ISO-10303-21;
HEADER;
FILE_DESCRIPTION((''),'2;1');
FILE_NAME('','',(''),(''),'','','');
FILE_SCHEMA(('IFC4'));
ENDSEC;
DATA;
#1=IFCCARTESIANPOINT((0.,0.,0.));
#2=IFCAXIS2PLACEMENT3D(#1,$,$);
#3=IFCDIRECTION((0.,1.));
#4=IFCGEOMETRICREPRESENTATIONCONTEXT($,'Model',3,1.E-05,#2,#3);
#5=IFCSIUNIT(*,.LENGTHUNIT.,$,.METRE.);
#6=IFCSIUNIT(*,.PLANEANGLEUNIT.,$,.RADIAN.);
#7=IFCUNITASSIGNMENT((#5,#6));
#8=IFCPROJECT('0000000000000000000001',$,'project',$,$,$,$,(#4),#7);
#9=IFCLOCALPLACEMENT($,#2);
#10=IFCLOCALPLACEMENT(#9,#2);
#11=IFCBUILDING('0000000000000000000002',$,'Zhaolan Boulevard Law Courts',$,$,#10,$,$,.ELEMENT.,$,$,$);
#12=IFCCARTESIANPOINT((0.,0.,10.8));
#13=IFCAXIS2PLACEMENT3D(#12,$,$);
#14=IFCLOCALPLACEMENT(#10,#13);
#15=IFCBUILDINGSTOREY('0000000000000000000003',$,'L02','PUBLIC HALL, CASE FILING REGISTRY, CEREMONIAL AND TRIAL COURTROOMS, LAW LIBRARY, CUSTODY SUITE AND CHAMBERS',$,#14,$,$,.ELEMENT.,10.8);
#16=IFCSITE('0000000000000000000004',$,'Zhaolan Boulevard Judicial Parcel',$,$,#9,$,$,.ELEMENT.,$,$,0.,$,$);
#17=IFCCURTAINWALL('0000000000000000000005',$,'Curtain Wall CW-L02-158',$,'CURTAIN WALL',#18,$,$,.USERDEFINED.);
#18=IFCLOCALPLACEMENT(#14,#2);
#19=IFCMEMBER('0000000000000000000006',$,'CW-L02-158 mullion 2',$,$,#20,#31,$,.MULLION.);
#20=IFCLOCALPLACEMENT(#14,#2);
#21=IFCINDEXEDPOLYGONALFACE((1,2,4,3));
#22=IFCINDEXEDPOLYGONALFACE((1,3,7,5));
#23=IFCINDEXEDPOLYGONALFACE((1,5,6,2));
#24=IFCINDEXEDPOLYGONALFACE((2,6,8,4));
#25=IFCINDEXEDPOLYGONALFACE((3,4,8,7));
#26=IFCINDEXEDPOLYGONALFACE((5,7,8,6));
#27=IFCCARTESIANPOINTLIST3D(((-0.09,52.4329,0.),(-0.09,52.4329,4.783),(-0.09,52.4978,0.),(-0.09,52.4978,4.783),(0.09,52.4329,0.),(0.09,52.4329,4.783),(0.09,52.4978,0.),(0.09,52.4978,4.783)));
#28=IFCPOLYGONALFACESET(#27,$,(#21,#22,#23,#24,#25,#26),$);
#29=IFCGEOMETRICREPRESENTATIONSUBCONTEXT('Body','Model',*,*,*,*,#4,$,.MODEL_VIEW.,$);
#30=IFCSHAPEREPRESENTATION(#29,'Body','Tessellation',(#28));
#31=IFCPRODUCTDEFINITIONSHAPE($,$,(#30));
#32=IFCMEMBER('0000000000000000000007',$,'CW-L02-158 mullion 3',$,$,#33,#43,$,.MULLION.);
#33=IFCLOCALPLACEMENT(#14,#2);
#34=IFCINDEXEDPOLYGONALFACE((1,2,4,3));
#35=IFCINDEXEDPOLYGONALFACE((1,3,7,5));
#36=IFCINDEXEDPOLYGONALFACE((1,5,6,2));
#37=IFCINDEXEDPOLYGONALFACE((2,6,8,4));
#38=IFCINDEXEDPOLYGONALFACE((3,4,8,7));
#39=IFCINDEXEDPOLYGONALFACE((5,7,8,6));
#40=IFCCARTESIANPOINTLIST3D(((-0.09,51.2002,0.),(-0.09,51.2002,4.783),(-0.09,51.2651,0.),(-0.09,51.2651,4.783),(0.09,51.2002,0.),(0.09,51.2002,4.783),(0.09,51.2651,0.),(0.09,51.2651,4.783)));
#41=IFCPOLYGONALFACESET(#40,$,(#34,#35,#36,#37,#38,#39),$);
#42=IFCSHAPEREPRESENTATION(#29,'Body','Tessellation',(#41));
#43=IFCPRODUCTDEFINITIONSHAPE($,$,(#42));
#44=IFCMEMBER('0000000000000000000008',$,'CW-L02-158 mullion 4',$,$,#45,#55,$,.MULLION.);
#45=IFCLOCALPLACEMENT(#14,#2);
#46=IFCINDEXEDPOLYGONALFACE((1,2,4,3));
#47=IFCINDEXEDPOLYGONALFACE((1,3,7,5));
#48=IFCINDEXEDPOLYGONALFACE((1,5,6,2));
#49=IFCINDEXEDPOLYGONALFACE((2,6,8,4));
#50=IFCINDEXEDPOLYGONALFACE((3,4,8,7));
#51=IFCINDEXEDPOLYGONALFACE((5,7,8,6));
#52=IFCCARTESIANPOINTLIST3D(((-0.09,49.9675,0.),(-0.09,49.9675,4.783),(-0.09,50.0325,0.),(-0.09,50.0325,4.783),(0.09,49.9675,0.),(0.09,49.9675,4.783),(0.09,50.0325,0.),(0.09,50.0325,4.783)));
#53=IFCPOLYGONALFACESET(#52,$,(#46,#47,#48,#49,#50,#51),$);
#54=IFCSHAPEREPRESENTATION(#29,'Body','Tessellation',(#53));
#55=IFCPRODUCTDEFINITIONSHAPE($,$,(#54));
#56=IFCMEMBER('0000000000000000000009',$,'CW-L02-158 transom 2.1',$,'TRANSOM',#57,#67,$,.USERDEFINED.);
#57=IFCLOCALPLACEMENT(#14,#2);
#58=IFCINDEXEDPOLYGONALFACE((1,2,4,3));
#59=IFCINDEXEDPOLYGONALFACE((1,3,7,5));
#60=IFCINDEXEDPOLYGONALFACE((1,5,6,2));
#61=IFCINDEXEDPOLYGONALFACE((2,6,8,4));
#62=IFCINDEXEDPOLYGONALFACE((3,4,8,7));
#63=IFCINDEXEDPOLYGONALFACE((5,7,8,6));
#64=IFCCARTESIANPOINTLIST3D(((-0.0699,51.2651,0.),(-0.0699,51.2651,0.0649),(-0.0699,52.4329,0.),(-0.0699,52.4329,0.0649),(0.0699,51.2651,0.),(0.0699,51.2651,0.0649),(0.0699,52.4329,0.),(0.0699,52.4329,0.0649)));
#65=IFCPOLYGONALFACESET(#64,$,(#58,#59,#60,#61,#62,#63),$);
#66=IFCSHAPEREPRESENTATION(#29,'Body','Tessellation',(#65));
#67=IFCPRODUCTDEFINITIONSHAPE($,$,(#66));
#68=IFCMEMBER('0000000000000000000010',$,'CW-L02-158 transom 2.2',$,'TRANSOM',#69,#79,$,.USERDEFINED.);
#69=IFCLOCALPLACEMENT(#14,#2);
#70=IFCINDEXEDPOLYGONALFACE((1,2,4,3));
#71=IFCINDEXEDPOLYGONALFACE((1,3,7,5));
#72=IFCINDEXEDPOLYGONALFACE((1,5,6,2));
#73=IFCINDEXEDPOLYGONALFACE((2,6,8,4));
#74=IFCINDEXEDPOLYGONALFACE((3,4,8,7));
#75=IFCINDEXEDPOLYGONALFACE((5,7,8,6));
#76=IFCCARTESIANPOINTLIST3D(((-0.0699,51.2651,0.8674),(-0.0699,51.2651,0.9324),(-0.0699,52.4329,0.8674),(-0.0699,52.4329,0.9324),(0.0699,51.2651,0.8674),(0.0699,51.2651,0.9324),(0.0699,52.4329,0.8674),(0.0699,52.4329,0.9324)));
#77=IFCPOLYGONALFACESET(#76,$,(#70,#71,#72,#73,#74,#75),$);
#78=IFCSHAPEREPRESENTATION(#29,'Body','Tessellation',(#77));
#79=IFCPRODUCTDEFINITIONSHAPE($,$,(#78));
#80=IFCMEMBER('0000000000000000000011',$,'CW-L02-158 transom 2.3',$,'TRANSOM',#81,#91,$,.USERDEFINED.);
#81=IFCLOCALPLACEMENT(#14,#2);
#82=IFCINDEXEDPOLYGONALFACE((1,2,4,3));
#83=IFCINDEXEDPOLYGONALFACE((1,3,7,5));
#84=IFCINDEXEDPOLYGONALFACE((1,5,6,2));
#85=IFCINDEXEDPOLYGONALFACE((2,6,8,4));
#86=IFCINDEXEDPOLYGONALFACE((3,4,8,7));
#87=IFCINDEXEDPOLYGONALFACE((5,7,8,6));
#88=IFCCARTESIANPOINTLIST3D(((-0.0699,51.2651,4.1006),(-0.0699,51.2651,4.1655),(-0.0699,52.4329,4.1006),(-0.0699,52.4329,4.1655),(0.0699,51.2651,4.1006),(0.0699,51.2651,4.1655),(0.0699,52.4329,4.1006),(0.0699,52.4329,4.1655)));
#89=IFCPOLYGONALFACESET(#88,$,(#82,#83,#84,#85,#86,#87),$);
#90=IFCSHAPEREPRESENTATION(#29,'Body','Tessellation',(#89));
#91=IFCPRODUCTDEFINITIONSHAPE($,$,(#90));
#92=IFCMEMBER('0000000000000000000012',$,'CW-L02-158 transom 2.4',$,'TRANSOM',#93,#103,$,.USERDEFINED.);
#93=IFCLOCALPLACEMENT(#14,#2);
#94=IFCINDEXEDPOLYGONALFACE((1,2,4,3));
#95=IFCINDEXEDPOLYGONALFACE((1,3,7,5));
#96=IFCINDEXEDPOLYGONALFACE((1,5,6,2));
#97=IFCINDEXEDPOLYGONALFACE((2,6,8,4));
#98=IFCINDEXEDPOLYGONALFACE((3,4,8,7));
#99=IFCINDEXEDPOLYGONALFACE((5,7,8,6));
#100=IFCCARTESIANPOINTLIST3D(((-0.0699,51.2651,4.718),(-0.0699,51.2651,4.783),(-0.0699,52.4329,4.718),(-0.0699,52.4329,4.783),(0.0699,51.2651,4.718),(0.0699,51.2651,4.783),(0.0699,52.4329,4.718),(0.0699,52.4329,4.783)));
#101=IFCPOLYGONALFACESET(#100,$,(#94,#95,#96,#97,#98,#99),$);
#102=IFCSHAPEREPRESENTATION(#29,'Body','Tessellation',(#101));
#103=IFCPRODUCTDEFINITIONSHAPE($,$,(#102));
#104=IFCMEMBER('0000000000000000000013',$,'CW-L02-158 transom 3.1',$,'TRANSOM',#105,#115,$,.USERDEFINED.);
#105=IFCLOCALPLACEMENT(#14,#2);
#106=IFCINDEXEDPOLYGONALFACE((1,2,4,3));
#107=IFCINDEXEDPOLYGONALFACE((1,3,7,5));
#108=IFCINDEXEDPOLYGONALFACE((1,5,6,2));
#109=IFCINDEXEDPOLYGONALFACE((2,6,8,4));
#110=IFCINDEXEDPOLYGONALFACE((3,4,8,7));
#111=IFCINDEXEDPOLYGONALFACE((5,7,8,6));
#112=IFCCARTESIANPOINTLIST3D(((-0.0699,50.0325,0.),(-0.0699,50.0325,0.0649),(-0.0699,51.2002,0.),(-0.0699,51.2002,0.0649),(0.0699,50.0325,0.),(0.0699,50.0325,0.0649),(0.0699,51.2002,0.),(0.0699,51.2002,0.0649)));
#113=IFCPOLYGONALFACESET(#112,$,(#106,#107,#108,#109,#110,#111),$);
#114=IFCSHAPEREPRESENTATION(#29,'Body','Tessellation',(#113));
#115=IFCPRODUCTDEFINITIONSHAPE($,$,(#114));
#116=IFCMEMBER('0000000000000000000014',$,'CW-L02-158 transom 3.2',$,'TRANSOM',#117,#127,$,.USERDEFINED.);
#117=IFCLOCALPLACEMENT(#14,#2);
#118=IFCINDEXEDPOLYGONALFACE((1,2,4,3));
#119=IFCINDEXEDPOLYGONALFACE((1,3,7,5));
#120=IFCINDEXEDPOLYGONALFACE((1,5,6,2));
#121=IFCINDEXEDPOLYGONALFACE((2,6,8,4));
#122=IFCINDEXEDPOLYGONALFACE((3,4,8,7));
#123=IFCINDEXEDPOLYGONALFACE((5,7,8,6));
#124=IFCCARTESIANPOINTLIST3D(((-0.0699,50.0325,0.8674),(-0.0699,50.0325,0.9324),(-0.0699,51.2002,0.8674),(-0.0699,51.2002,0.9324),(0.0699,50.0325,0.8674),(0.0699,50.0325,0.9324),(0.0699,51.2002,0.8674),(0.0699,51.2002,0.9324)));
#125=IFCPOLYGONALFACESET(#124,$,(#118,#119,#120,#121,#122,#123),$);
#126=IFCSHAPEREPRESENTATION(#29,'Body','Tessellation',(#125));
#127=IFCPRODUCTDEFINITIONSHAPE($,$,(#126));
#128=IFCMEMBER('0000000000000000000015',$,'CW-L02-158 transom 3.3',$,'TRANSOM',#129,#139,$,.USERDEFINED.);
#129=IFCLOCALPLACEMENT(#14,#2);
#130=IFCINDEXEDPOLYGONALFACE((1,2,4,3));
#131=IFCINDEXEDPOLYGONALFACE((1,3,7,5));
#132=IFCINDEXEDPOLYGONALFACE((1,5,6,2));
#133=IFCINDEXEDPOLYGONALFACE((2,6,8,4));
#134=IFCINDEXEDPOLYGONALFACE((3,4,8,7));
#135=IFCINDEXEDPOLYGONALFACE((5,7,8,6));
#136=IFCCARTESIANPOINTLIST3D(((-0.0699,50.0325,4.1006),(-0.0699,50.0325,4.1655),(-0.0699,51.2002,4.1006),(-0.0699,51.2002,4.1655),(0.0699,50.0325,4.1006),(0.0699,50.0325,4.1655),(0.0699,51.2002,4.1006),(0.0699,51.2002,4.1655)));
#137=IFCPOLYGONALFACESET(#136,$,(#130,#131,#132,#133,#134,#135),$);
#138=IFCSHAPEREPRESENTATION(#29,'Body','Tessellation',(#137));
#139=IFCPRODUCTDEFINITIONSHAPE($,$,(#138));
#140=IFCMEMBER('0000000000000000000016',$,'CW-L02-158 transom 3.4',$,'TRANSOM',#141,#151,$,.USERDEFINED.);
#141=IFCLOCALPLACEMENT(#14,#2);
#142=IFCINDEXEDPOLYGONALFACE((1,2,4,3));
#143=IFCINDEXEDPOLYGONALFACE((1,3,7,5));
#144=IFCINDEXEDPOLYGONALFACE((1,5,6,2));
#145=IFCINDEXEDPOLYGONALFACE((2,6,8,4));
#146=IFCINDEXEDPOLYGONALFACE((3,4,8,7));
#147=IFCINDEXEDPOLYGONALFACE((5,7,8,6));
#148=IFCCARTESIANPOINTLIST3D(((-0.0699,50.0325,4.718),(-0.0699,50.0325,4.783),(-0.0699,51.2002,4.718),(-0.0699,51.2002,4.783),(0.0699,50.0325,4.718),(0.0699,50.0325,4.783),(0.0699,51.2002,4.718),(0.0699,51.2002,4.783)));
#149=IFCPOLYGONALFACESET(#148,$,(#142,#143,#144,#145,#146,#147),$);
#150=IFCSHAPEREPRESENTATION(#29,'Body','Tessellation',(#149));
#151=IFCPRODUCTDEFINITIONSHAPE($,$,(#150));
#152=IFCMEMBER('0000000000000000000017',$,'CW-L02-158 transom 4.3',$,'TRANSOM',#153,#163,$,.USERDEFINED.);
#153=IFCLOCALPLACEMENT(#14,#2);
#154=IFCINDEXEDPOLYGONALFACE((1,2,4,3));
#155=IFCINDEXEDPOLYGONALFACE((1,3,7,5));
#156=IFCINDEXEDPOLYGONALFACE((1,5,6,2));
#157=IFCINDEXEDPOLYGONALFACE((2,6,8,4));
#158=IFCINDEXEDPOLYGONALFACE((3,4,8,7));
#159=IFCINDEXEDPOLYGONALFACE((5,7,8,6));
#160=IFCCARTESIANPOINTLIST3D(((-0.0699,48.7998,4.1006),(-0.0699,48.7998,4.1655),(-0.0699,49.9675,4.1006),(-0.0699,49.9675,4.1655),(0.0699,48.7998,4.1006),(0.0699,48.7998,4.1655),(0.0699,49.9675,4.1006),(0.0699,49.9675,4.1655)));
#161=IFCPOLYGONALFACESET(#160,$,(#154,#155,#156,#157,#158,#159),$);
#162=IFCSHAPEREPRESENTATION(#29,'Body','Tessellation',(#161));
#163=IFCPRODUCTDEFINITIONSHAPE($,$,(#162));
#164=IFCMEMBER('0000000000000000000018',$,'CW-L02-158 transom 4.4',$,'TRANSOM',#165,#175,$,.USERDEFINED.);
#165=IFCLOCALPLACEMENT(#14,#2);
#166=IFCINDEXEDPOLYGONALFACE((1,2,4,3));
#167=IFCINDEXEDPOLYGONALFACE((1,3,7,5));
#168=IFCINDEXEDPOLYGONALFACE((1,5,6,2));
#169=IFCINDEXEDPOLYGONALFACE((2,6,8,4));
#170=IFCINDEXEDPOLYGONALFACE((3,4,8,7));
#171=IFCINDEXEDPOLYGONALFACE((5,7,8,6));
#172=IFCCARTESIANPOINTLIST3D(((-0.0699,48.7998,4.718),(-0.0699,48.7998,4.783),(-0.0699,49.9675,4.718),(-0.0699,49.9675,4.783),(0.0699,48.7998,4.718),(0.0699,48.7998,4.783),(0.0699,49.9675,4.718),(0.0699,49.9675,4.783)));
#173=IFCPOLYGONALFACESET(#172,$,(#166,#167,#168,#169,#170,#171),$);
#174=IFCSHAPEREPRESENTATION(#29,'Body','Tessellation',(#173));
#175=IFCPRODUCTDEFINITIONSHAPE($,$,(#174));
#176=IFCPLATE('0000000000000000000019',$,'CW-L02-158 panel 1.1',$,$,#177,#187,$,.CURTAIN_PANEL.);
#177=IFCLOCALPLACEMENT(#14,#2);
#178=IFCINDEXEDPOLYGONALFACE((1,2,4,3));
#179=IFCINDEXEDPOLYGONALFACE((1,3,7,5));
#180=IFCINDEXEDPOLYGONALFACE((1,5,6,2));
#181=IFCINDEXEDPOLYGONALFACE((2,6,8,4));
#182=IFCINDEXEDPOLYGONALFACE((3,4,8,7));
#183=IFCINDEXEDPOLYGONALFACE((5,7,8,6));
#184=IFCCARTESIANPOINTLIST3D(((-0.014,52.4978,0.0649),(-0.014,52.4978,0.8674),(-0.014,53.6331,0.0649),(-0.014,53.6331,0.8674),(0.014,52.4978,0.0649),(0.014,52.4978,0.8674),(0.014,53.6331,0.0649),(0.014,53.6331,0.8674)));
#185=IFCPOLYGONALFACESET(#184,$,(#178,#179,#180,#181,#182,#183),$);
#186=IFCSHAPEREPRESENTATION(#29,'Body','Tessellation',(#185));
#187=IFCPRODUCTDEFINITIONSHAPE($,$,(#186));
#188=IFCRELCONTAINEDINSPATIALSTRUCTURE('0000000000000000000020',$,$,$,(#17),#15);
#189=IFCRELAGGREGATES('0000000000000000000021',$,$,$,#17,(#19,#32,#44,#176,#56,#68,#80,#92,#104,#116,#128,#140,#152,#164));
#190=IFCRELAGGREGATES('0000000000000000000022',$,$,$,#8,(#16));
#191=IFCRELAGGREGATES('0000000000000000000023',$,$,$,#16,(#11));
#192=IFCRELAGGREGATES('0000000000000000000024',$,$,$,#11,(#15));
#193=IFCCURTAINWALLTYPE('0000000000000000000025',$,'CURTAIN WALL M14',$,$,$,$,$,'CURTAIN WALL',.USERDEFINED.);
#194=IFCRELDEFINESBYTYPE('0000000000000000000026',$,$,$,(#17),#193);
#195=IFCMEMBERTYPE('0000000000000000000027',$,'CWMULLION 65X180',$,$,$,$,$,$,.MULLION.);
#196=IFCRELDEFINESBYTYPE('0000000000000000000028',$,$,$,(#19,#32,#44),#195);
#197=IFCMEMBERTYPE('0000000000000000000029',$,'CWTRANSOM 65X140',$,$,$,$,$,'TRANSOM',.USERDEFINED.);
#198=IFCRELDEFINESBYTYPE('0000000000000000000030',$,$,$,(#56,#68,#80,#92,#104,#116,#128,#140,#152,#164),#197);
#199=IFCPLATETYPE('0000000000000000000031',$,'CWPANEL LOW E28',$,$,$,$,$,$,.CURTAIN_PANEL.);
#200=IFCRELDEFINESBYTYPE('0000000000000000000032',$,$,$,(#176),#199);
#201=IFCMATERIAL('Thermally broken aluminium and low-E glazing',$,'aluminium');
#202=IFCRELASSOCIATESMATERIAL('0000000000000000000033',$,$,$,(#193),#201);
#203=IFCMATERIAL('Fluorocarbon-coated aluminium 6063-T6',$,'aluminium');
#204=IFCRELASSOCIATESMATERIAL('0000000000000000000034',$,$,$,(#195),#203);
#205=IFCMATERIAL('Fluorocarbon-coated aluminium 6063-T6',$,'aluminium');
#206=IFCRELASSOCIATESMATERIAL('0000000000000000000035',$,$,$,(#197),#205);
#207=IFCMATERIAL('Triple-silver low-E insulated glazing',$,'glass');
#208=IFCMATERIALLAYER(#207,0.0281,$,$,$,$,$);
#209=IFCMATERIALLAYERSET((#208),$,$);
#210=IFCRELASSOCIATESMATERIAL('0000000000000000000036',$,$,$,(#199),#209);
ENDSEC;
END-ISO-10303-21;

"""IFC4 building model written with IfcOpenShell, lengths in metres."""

from ifc_helpers import new_model, si_unit, direction, frame, origin, origin_2d, place, context, subcontext, project, spatial, rectangle, extrude, material, layer, layer_set, material_profile, profile_set, type_object, element, aggregate, save


model = new_model("IFC4")

# Units and contexts
model_context = context("Model", 3, precision=1e-05, world=origin(), true_north=direction((0.0, 1.0)))
body_context = subcontext(model_context, "Body", "Model", "MODEL_VIEW")
ifc_project = project(units=[si_unit("LENGTHUNIT", "METRE"), si_unit("PLANEANGLEUNIT", "RADIAN")], contexts=[model_context])

# Site, building, storey
site_placement = place(None, origin())
site = spatial("IfcSite", under=ifc_project, at=site_placement, Name="Zhaolan Boulevard Judicial Parcel", CompositionType="ELEMENT", RefElevation=0.0)
building_placement = place(site_placement, origin())
building = spatial("IfcBuilding", under=site, at=building_placement, Name="Zhaolan Boulevard Law Courts", CompositionType="ELEMENT")
storey_placement = place(building_placement, frame((0.0, 0.0, 10.8)))
storey = spatial("IfcBuildingStorey", under=building, at=storey_placement, Name="L02", Description="PUBLIC HALL, CASE FILING REGISTRY, CEREMONIAL AND TRIAL COURTROOMS, LAW LIBRARY, CUSTODY SUITE AND CHAMBERS", CompositionType="ELEMENT", Elevation=10.8)

# Curtain wall, members, plate
ifc_material_1 = material(Name="Thermally broken aluminium and low-E glazing", Category="aluminium")
curtain_wall_type = type_object("IfcCurtainWallType", Name="CURTAIN WALL M14", ElementType="CURTAIN WALL", PredefinedType="USERDEFINED", material=ifc_material_1)
curtain_wall_placement = place(storey_placement, origin())
curtain_wall = element("IfcCurtainWall", 1, at=curtain_wall_placement, inside=storey, type_object=curtain_wall_type, Name="Curtain Wall CW-L02-158", ObjectType="CURTAIN WALL", PredefinedType="USERDEFINED")
ifc_material_2 = material(Name="Fluorocarbon-coated aluminium 6063-T6", Category="aluminium")
ifc_material_profile_1 = material_profile(ifc_material_2, rectangle(XDim=0.1799, YDim=0.0649, at=origin_2d()), Name="AL65x180")
ifc_profile_set_1 = profile_set([ifc_material_profile_1], Name="Fluorocarbon-coated aluminium 6063-T6")
member_type_1 = type_object("IfcMemberType", Name="CWMULLION 65X180", PredefinedType="MULLION", material=ifc_profile_set_1)
member_1_placement = place(storey_placement, frame((0.0, 52.4653, 0.0), z_axis=(0.0, 0.0, 1.0), x_axis=(1.0, 0.0, 0.0)))
member_1 = element("IfcMember", 2, at=member_1_placement, type_object=member_type_1, Name="CW-L02-158 mullion 2", PredefinedType="MULLION", context=body_context, shape_type="SweptSolid", body=[
    extrude(rectangle(XDim=0.1799, YDim=0.0649, at=origin_2d()), origin(), (0.0, 0.0, 1.0), 4.783),
])
member_2_placement = place(storey_placement, frame((0.0, 51.2327, 0.0), z_axis=(0.0, 0.0, 1.0), x_axis=(1.0, 0.0, 0.0)))
member_2 = element("IfcMember", 3, at=member_2_placement, type_object=member_type_1, Name="CW-L02-158 mullion 3", PredefinedType="MULLION", context=body_context, shape_type="SweptSolid", body=[
    extrude(rectangle(XDim=0.1799, YDim=0.0649, at=origin_2d()), origin(), (0.0, 0.0, 1.0), 4.783),
])
member_3_placement = place(storey_placement, frame((0.0, 50.0, 0.0), z_axis=(0.0, 0.0, 1.0), x_axis=(1.0, 0.0, 0.0)))
member_3 = element("IfcMember", 4, at=member_3_placement, type_object=member_type_1, Name="CW-L02-158 mullion 4", PredefinedType="MULLION", context=body_context, shape_type="SweptSolid", body=[
    extrude(rectangle(XDim=0.1799, YDim=0.0649, at=origin_2d()), origin(), (0.0, 0.0, 1.0), 4.783),
])
ifc_material_3 = material(Name="Fluorocarbon-coated aluminium 6063-T6", Category="aluminium")
ifc_material_profile_2 = material_profile(ifc_material_3, rectangle(XDim=0.1399, YDim=0.0649, at=origin_2d()), Name="AL65x140")
ifc_profile_set_2 = profile_set([ifc_material_profile_2], Name="Fluorocarbon-coated aluminium 6063-T6")
member_type_2 = type_object("IfcMemberType", Name="CWTRANSOM 65X140", ElementType="TRANSOM", PredefinedType="USERDEFINED", material=ifc_profile_set_2)
member_4_placement = place(storey_placement, frame((0.0, 52.4329, 0.0325), z_axis=(0.0, -1.0, 0.0), x_axis=(1.0, 0.0, 0.0)))
member_4 = element("IfcMember", 5, at=member_4_placement, type_object=member_type_2, Name="CW-L02-158 transom 2.1", ObjectType="TRANSOM", PredefinedType="USERDEFINED", context=body_context, shape_type="SweptSolid", body=[
    extrude(rectangle(XDim=0.1399, YDim=0.0649, at=origin_2d()), origin(), (0.0, 0.0, 1.0), 1.1677),
])
member_5_placement = place(storey_placement, frame((0.0, 52.4329, 0.8999), z_axis=(0.0, -1.0, 0.0), x_axis=(1.0, 0.0, 0.0)))
member_5 = element("IfcMember", 6, at=member_5_placement, type_object=member_type_2, Name="CW-L02-158 transom 2.2", ObjectType="TRANSOM", PredefinedType="USERDEFINED", context=body_context, shape_type="SweptSolid", body=[
    extrude(rectangle(XDim=0.1399, YDim=0.0649, at=origin_2d()), origin(), (0.0, 0.0, 1.0), 1.1677),
])
member_6_placement = place(storey_placement, frame((0.0, 52.4329, 4.1331), z_axis=(0.0, -1.0, 0.0), x_axis=(1.0, 0.0, 0.0)))
member_6 = element("IfcMember", 7, at=member_6_placement, type_object=member_type_2, Name="CW-L02-158 transom 2.3", ObjectType="TRANSOM", PredefinedType="USERDEFINED", context=body_context, shape_type="SweptSolid", body=[
    extrude(rectangle(XDim=0.1399, YDim=0.0649, at=origin_2d()), origin(), (0.0, 0.0, 1.0), 1.1677),
])
member_7_placement = place(storey_placement, frame((0.0, 52.4329, 4.7505), z_axis=(0.0, -1.0, 0.0), x_axis=(1.0, 0.0, 0.0)))
member_7 = element("IfcMember", 8, at=member_7_placement, type_object=member_type_2, Name="CW-L02-158 transom 2.4", ObjectType="TRANSOM", PredefinedType="USERDEFINED", context=body_context, shape_type="SweptSolid", body=[
    extrude(rectangle(XDim=0.1399, YDim=0.0649, at=origin_2d()), origin(), (0.0, 0.0, 1.0), 1.1677),
])
member_8_placement = place(storey_placement, frame((0.0, 51.2002, 0.0325), z_axis=(0.0, -1.0, 0.0), x_axis=(1.0, 0.0, 0.0)))
member_8 = element("IfcMember", 9, at=member_8_placement, type_object=member_type_2, Name="CW-L02-158 transom 3.1", ObjectType="TRANSOM", PredefinedType="USERDEFINED", context=body_context, shape_type="SweptSolid", body=[
    extrude(rectangle(XDim=0.1399, YDim=0.0649, at=origin_2d()), origin(), (0.0, 0.0, 1.0), 1.1677),
])
member_9_placement = place(storey_placement, frame((0.0, 51.2002, 0.8999), z_axis=(0.0, -1.0, 0.0), x_axis=(1.0, 0.0, 0.0)))
member_9 = element("IfcMember", 10, at=member_9_placement, type_object=member_type_2, Name="CW-L02-158 transom 3.2", ObjectType="TRANSOM", PredefinedType="USERDEFINED", context=body_context, shape_type="SweptSolid", body=[
    extrude(rectangle(XDim=0.1399, YDim=0.0649, at=origin_2d()), origin(), (0.0, 0.0, 1.0), 1.1677),
])
member_10_placement = place(storey_placement, frame((0.0, 51.2002, 4.1331), z_axis=(0.0, -1.0, 0.0), x_axis=(1.0, 0.0, 0.0)))
member_10 = element("IfcMember", 11, at=member_10_placement, type_object=member_type_2, Name="CW-L02-158 transom 3.3", ObjectType="TRANSOM", PredefinedType="USERDEFINED", context=body_context, shape_type="SweptSolid", body=[
    extrude(rectangle(XDim=0.1399, YDim=0.0649, at=origin_2d()), origin(), (0.0, 0.0, 1.0), 1.1677),
])
member_11_placement = place(storey_placement, frame((0.0, 51.2002, 4.7505), z_axis=(0.0, -1.0, 0.0), x_axis=(1.0, 0.0, 0.0)))
member_11 = element("IfcMember", 12, at=member_11_placement, type_object=member_type_2, Name="CW-L02-158 transom 3.4", ObjectType="TRANSOM", PredefinedType="USERDEFINED", context=body_context, shape_type="SweptSolid", body=[
    extrude(rectangle(XDim=0.1399, YDim=0.0649, at=origin_2d()), origin(), (0.0, 0.0, 1.0), 1.1677),
])
member_12_placement = place(storey_placement, frame((0.0, 49.9675, 4.1331), z_axis=(0.0, -1.0, 0.0), x_axis=(1.0, 0.0, 0.0)))
member_12 = element("IfcMember", 13, at=member_12_placement, type_object=member_type_2, Name="CW-L02-158 transom 4.3", ObjectType="TRANSOM", PredefinedType="USERDEFINED", context=body_context, shape_type="SweptSolid", body=[
    extrude(rectangle(XDim=0.1399, YDim=0.0649, at=origin_2d()), origin(), (0.0, 0.0, 1.0), 1.1677),
])
member_13_placement = place(storey_placement, frame((0.0, 49.9675, 4.7505), z_axis=(0.0, -1.0, 0.0), x_axis=(1.0, 0.0, 0.0)))
member_13 = element("IfcMember", 14, at=member_13_placement, type_object=member_type_2, Name="CW-L02-158 transom 4.4", ObjectType="TRANSOM", PredefinedType="USERDEFINED", context=body_context, shape_type="SweptSolid", body=[
    extrude(rectangle(XDim=0.1399, YDim=0.0649, at=origin_2d()), origin(), (0.0, 0.0, 1.0), 1.1677),
])
ifc_material_4 = material(Name="Triple-silver low-E insulated glazing", Category="glass")
ifc_layer_1 = layer(ifc_material_4, 0.0281)
ifc_layer_set_1 = layer_set([ifc_layer_1])
plate_type = type_object("IfcPlateType", Name="CWPANEL LOW E28", PredefinedType="CURTAIN_PANEL", material=ifc_layer_set_1)
plate_1_placement = place(storey_placement, frame((0.0, 53.0654, 0.0649), z_axis=(0.0, 0.0, 1.0), x_axis=(0.0, -1.0, 0.0)))
plate_1 = element("IfcPlate", 15, at=plate_1_placement, type_object=plate_type, Name="CW-L02-158 panel 1.1", PredefinedType="CURTAIN_PANEL", context=body_context, shape_type="SweptSolid", body=[
    extrude(rectangle(XDim=1.1353, YDim=0.0281, at=origin_2d()), origin(), (0.0, 0.0, 1.0), 0.8025),
])
aggregate(curtain_wall, [member_1, member_2, member_3, plate_1, member_4, member_5, member_6, member_7, member_8, member_9, member_10, member_11, member_12, member_13])

save(model, "model.ifc")
